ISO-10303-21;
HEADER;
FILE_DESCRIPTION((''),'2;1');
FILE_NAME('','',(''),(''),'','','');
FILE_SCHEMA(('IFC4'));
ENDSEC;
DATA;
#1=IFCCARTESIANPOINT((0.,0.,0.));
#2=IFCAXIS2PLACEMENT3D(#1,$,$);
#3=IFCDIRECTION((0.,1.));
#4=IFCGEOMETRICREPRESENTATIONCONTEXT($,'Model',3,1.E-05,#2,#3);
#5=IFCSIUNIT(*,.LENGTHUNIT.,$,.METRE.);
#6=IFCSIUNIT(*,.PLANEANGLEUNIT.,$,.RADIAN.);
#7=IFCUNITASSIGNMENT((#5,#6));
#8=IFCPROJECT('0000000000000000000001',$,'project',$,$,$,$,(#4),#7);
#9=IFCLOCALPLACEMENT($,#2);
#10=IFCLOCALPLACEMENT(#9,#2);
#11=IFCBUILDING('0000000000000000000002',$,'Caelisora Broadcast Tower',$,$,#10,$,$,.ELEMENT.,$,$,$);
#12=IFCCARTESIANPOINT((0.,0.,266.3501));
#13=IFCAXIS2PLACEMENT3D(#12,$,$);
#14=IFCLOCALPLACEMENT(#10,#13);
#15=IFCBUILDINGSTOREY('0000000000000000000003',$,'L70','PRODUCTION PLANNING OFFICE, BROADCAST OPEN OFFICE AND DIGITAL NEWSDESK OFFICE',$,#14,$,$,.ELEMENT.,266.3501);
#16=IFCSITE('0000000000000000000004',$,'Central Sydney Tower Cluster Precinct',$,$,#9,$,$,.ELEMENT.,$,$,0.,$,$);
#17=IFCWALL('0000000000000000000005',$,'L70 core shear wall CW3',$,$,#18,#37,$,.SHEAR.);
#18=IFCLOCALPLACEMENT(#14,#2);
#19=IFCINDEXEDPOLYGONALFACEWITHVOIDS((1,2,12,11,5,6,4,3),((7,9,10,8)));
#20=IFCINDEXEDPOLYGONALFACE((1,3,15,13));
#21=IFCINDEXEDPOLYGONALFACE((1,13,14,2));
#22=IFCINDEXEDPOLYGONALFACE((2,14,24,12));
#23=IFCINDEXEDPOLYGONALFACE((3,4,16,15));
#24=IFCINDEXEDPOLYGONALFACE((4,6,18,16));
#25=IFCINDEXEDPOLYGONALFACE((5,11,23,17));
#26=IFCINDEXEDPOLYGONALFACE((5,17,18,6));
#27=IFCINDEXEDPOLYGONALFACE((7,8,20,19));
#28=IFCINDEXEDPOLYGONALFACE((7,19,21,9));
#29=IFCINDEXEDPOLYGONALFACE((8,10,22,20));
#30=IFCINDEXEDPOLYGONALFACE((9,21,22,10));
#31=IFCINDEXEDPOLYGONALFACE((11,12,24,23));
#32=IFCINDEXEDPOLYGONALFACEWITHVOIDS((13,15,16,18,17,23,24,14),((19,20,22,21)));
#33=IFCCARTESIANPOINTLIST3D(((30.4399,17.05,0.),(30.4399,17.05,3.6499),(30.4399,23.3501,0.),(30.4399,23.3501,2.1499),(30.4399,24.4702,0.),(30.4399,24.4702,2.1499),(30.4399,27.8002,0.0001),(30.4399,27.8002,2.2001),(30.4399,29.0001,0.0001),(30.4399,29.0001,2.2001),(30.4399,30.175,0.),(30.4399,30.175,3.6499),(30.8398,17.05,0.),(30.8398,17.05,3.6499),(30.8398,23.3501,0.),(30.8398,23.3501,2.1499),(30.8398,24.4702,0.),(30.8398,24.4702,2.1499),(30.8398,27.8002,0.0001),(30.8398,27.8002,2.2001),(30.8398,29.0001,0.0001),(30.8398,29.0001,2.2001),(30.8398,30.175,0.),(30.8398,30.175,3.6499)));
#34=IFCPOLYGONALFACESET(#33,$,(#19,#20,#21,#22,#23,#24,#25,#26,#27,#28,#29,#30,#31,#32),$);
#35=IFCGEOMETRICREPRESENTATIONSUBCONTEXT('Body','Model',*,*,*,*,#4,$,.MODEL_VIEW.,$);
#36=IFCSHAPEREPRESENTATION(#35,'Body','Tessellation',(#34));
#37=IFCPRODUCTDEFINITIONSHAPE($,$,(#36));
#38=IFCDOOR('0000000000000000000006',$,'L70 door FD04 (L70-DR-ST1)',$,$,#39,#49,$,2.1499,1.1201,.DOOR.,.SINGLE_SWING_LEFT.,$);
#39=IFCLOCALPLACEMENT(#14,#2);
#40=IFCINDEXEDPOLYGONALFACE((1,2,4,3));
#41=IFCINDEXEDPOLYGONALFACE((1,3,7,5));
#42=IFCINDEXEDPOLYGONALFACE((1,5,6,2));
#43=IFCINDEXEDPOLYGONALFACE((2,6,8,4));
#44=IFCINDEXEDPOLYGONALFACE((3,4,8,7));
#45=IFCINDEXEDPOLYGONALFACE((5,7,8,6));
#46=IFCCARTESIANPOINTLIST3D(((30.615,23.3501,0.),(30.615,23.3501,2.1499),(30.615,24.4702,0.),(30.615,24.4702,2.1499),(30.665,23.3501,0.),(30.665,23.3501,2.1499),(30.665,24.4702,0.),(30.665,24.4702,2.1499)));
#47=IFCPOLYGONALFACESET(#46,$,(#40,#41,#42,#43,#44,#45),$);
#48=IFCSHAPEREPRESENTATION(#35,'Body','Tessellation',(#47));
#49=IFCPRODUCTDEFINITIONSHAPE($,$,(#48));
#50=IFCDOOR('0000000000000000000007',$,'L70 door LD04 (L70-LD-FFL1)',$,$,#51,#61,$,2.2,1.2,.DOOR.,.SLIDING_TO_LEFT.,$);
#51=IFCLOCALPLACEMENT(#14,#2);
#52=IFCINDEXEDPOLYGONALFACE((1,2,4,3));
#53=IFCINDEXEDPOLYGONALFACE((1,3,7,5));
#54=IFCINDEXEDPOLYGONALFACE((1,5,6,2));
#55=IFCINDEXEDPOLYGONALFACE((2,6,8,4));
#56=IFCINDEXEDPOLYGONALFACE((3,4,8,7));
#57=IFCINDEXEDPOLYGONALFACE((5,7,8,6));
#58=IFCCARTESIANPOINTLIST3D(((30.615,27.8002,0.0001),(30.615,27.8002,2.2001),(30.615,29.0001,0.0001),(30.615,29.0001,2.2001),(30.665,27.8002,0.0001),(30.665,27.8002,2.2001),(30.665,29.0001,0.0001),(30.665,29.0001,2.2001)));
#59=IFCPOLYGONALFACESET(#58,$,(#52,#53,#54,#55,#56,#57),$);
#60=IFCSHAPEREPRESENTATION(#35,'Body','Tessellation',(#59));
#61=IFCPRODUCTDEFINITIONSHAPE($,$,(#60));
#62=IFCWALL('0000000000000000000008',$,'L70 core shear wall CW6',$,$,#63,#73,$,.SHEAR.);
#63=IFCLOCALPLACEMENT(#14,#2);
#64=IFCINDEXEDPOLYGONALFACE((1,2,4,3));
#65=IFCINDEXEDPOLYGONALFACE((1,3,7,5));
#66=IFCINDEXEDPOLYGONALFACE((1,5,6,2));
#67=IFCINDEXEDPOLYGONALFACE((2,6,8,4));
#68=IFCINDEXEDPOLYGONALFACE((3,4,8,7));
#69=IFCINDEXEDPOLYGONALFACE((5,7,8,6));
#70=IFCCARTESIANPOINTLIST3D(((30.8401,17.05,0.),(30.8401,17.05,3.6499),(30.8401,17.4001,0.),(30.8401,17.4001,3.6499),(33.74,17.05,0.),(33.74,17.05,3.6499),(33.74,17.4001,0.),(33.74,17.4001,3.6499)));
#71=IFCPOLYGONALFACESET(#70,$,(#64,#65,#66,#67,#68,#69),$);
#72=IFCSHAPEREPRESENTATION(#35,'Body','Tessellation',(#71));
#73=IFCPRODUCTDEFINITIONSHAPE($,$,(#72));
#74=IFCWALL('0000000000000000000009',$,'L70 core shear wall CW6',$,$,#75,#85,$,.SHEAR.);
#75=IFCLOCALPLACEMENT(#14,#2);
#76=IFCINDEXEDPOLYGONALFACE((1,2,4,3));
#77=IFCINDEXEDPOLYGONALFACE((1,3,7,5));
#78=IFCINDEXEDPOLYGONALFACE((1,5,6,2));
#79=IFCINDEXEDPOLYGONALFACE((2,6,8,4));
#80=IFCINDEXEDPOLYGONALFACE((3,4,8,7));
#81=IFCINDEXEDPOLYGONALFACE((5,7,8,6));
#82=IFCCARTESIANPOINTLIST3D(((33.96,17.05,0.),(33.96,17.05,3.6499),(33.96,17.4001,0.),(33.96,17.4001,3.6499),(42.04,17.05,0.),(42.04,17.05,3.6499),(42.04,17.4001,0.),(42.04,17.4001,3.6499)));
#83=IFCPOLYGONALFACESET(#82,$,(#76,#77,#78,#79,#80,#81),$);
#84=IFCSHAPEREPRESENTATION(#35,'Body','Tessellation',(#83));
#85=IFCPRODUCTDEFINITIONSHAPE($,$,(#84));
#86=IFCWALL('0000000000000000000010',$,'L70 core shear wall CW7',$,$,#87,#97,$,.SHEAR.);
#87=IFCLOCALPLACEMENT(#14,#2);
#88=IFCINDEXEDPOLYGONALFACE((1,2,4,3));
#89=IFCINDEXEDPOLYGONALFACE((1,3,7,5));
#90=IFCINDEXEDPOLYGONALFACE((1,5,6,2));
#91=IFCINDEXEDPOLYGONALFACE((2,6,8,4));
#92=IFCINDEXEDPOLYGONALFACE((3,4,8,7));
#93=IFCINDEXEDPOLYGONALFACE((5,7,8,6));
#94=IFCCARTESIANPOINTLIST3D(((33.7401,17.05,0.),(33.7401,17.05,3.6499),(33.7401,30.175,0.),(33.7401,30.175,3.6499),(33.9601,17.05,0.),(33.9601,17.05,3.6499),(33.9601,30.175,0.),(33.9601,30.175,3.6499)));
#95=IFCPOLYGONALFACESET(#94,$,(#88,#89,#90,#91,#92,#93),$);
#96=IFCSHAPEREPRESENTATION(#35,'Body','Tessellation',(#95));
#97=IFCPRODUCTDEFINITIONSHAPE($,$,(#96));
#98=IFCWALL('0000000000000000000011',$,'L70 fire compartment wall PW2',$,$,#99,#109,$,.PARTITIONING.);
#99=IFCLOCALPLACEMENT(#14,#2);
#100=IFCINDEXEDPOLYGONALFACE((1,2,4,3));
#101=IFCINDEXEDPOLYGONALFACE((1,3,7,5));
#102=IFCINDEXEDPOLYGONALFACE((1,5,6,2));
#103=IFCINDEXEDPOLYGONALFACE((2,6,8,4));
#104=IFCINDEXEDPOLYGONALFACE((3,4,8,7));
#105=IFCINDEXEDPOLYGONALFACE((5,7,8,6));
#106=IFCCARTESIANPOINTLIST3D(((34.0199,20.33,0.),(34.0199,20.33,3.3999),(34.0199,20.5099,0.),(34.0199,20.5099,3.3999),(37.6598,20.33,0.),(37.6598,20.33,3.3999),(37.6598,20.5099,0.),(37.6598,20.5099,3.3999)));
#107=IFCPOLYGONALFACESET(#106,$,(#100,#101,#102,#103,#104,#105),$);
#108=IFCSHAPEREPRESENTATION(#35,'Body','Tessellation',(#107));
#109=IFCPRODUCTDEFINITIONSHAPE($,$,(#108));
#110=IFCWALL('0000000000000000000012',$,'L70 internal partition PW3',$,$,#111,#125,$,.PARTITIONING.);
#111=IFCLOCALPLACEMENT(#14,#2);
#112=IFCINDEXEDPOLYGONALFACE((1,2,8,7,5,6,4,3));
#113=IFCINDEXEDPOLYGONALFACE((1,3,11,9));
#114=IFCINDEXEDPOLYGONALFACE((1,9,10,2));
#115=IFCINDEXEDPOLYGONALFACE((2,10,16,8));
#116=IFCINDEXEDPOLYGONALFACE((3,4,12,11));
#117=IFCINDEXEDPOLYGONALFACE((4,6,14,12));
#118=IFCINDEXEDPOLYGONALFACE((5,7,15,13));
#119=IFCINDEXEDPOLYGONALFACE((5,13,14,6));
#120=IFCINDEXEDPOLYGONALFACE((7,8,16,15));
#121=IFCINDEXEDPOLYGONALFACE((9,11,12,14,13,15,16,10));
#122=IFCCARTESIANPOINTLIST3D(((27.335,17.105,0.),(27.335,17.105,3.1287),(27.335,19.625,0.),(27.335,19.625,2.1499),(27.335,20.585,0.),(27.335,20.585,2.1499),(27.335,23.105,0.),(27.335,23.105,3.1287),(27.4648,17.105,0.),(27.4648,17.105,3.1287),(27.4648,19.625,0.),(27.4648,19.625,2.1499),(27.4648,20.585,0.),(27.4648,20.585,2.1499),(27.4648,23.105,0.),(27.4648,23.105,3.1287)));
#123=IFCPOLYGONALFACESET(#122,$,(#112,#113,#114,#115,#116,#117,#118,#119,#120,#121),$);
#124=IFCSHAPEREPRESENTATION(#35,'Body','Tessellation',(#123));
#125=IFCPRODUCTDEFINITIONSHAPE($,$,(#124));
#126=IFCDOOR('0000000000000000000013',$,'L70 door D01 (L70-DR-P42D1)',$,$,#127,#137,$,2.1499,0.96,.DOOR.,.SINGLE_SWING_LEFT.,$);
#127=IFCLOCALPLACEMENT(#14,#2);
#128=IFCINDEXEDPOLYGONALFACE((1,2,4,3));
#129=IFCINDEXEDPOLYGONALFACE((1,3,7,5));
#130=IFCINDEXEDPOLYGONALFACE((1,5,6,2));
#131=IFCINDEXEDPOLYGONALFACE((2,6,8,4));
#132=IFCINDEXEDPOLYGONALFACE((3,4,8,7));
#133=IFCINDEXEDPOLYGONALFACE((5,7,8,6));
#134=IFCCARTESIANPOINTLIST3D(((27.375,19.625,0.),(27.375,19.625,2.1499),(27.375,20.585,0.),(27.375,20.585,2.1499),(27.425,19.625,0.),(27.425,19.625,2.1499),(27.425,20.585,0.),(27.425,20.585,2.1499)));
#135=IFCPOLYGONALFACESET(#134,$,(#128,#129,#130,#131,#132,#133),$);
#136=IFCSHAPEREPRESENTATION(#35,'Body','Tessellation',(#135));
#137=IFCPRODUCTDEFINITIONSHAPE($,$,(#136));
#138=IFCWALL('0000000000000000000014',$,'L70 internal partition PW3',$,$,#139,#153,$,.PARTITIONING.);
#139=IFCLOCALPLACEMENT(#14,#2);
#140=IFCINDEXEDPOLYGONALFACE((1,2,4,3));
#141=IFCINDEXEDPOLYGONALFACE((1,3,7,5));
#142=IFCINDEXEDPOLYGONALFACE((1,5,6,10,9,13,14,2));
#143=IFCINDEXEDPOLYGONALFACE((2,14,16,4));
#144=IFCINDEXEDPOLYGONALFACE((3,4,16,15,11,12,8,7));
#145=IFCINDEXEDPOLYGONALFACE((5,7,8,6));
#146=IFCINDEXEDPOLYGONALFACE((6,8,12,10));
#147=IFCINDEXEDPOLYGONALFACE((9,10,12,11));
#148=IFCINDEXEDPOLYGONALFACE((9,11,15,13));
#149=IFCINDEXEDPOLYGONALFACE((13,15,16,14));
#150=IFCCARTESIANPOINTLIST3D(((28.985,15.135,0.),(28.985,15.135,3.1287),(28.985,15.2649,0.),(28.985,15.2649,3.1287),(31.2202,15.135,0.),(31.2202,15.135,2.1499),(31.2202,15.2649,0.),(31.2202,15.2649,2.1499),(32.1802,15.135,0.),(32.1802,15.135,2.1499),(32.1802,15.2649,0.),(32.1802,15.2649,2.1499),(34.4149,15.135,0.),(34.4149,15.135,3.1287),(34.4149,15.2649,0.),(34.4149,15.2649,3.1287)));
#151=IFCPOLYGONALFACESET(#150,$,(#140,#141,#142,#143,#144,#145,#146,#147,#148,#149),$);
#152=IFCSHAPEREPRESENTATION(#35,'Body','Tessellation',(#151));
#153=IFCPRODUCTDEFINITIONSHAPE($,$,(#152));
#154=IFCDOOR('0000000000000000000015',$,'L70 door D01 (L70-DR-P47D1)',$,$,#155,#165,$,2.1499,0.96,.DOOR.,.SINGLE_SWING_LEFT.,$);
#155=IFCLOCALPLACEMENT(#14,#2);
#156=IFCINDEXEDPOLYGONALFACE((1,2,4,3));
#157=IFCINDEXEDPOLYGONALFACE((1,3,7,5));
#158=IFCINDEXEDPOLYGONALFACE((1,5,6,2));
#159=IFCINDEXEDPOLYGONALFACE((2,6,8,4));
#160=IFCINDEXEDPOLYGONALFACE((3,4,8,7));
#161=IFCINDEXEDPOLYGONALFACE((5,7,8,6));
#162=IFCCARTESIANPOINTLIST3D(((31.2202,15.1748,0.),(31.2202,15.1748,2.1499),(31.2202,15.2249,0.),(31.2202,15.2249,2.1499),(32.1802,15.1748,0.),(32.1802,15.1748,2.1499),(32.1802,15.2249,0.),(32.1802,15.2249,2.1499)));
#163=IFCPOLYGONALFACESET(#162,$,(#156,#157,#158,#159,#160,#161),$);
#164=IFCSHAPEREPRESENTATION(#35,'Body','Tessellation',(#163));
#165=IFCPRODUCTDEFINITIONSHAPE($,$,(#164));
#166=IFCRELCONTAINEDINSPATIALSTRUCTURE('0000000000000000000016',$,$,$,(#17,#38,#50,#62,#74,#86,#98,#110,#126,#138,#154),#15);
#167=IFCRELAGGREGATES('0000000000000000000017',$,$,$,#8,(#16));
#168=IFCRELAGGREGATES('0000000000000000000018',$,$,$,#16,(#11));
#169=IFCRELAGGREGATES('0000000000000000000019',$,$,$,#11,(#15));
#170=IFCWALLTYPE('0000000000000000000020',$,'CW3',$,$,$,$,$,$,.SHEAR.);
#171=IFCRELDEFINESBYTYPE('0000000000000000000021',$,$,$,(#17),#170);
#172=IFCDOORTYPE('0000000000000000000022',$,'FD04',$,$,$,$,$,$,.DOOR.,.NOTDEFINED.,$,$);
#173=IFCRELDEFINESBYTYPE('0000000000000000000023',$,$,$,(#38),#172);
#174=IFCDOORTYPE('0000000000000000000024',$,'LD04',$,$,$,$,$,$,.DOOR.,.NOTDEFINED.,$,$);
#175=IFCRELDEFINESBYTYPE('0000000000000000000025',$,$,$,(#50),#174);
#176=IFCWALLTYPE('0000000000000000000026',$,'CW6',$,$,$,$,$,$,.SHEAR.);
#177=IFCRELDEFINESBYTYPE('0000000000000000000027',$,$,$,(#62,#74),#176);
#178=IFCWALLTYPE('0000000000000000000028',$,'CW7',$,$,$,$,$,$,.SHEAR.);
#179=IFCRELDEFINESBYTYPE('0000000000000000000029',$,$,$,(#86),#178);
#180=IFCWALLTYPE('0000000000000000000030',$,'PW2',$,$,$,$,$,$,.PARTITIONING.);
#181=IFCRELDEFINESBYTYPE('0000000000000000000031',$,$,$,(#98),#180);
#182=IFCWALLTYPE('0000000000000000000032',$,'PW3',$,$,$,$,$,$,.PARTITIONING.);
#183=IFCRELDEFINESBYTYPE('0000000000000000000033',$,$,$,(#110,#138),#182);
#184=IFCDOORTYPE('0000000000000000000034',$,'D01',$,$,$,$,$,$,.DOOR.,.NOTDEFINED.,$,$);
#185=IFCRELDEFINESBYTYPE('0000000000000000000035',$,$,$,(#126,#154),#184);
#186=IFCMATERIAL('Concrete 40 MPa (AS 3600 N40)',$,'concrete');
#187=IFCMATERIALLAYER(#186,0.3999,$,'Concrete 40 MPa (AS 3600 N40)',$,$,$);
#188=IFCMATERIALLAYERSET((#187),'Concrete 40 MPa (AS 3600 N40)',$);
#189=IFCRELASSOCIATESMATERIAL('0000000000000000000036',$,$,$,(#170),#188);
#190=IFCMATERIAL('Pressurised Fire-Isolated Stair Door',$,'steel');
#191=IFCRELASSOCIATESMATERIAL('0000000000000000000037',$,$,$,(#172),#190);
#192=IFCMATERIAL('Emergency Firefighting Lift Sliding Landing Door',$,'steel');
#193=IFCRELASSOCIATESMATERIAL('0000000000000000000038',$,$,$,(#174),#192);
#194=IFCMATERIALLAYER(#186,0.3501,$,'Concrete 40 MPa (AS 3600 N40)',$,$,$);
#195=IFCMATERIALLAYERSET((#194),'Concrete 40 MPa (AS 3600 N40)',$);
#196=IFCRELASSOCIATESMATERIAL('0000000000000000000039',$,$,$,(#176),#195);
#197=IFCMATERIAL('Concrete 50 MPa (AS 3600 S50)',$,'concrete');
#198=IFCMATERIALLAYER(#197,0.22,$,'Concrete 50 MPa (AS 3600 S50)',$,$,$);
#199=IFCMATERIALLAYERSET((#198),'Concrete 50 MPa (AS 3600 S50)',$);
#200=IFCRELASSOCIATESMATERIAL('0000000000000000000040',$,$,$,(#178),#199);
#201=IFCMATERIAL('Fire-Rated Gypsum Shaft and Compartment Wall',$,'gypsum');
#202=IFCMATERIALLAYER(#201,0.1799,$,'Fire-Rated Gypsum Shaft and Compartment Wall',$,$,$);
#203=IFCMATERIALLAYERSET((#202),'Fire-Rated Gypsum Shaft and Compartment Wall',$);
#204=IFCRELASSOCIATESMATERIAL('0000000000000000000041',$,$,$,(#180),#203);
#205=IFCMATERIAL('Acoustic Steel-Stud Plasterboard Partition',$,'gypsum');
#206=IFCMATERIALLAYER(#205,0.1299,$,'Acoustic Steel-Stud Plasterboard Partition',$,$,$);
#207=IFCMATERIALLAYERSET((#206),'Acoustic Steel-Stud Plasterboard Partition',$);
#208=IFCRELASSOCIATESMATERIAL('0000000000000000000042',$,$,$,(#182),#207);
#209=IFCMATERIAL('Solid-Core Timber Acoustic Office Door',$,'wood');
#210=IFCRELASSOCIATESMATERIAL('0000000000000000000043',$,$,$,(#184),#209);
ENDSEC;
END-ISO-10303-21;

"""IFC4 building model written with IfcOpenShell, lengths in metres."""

from ifc_helpers import new_model, si_unit, direction, frame, frame_2d, origin, place, context, subcontext, project, spatial, rectangle, extrude, material, layer, layer_set, type_object, element, fill, save


model = new_model("IFC4")

# Units and contexts
model_context = context("Model", 3, precision=1e-05, world=origin(), true_north=direction((0.0, 1.0)))
body_context = subcontext(model_context, "Body", "Model", "MODEL_VIEW")
ifc_project = project(units=[si_unit("LENGTHUNIT", "METRE"), si_unit("PLANEANGLEUNIT", "RADIAN")], contexts=[model_context])

# Site, building, storey
site_placement = place(None, origin())
site = spatial("IfcSite", under=ifc_project, at=site_placement, Name="Central Sydney Tower Cluster Precinct", CompositionType="ELEMENT", RefElevation=0.0)
building_placement = place(site_placement, origin())
building = spatial("IfcBuilding", under=site, at=building_placement, Name="Caelisora Broadcast Tower", CompositionType="ELEMENT")
storey_placement = place(building_placement, frame((0.0, 0.0, 266.3501)))
storey = spatial("IfcBuildingStorey", under=building, at=storey_placement, Name="L70", Description="PRODUCTION PLANNING OFFICE, BROADCAST OPEN OFFICE AND DIGITAL NEWSDESK OFFICE", CompositionType="ELEMENT", Elevation=266.3501)

# Wall, openings, doors
ifc_material_1 = material(Name="Concrete 40 MPa (AS 3600 N40)", Category="concrete")
ifc_layer_1 = layer(ifc_material_1, 0.3999, Name="Concrete 40 MPa (AS 3600 N40)")
ifc_layer_set_1 = layer_set([ifc_layer_1], Name="Concrete 40 MPa (AS 3600 N40)")
wall_type_1 = type_object("IfcWallType", Name="CW3", PredefinedType="SHEAR", material=ifc_layer_set_1)
wall_1_placement = place(storey_placement, frame((30.6399, 17.05, 0.0), z_axis=(0.0, 0.0, 1.0), x_axis=(0.0, 1.0, 0.0)))
wall_1 = element("IfcWall", 1, at=wall_1_placement, inside=storey, type_object=wall_type_1, Name="L70 core shear wall CW3", PredefinedType="SHEAR", context=body_context, shape_type="SweptSolid", body=[
    extrude(rectangle(XDim=13.125, YDim=0.3999, at=frame_2d((6.5625, 0.0))), origin(), (0.0, 0.0, 1.0), 3.6499),
])
opening_1_placement = place(wall_1_placement, frame((6.3, 0.0, 0.0)))
opening_1 = element("IfcOpeningElement", 2, at=opening_1_placement, cuts=wall_1, PredefinedType="OPENING", context=body_context, shape_type="SweptSolid", body=[
    extrude(rectangle(XDim=1.1201, YDim=2.1499, at=frame_2d((0.5601, 1.075))), frame((0.0, 0.2119, 0.0), z_axis=(0.0, -1.0, 0.0), x_axis=(1.0, 0.0, 0.0)), (0.0, 0.0, 1.0), 0.4238),
])
opening_2_placement = place(wall_1_placement, frame((10.75, 0.0, 0.0)))
opening_2 = element("IfcOpeningElement", 3, at=opening_2_placement, cuts=wall_1, PredefinedType="OPENING", context=body_context, shape_type="SweptSolid", body=[
    extrude(rectangle(XDim=1.2, YDim=2.2, at=frame_2d((0.6001, 1.1001))), frame((0.0, 0.2119, 0.0), z_axis=(0.0, -1.0, 0.0), x_axis=(1.0, 0.0, 0.0)), (0.0, 0.0, 1.0), 0.4238),
])
ifc_material_2 = material(Name="Pressurised Fire-Isolated Stair Door", Category="steel")
door_type_1 = type_object("IfcDoorType", Name="FD04", OperationType="NOTDEFINED", PredefinedType="DOOR", material=ifc_material_2)
door_1_placement = place(opening_1_placement, origin())
door_1 = element("IfcDoor", 4, at=door_1_placement, inside=storey, type_object=door_type_1, Name="L70 door FD04 (L70-DR-ST1)", OperationType="SINGLE_SWING_LEFT", OverallHeight=2.1499, OverallWidth=1.1201, PredefinedType="DOOR", context=body_context, shape_type="SweptSolid", body=[
    extrude(rectangle(XDim=1.1201, YDim=2.1499, at=frame_2d((0.5601, 1.075))), frame((0.0, 0.0249, 0.0), z_axis=(0.0, -1.0, 0.0), x_axis=(1.0, 0.0, 0.0)), (0.0, 0.0, 1.0), 0.05),
])
fill(opening_1, door_1)
ifc_material_3 = material(Name="Emergency Firefighting Lift Sliding Landing Door", Category="steel")
door_type_2 = type_object("IfcDoorType", Name="LD04", OperationType="NOTDEFINED", PredefinedType="DOOR", material=ifc_material_3)
door_2_placement = place(opening_2_placement, origin())
door_2 = element("IfcDoor", 5, at=door_2_placement, inside=storey, type_object=door_type_2, Name="L70 door LD04 (L70-LD-FFL1)", OperationType="SLIDING_TO_LEFT", OverallHeight=2.2, OverallWidth=1.2, PredefinedType="DOOR", context=body_context, shape_type="SweptSolid", body=[
    extrude(rectangle(XDim=1.2, YDim=2.2, at=frame_2d((0.6001, 1.1001))), frame((0.0, 0.0249, 0.0), z_axis=(0.0, -1.0, 0.0), x_axis=(1.0, 0.0, 0.0)), (0.0, 0.0, 1.0), 0.05),
])
fill(opening_2, door_2)

# Walls
ifc_layer_2 = layer(ifc_material_1, 0.3501, Name="Concrete 40 MPa (AS 3600 N40)")
ifc_layer_set_2 = layer_set([ifc_layer_2], Name="Concrete 40 MPa (AS 3600 N40)")
wall_type_2 = type_object("IfcWallType", Name="CW6", PredefinedType="SHEAR", material=ifc_layer_set_2)
wall_2_placement = place(storey_placement, frame((30.8401, 17.2251, 0.0), z_axis=(0.0, 0.0, 1.0), x_axis=(1.0, 0.0, 0.0)))
element("IfcWall", 6, at=wall_2_placement, inside=storey, type_object=wall_type_2, Name="L70 core shear wall CW6", PredefinedType="SHEAR", context=body_context, shape_type="SweptSolid", body=[
    extrude(rectangle(XDim=2.8999, YDim=0.3501, at=frame_2d((1.45, 0.0))), origin(), (0.0, 0.0, 1.0), 3.6499),
])
wall_3_placement = place(storey_placement, frame((33.96, 17.2251, 0.0), z_axis=(0.0, 0.0, 1.0), x_axis=(1.0, 0.0, 0.0)))
element("IfcWall", 7, at=wall_3_placement, inside=storey, type_object=wall_type_2, Name="L70 core shear wall CW6", PredefinedType="SHEAR", context=body_context, shape_type="SweptSolid", body=[
    extrude(rectangle(XDim=8.0801, YDim=0.3501, at=frame_2d((4.04, 0.0))), origin(), (0.0, 0.0, 1.0), 3.6499),
])
ifc_material_4 = material(Name="Concrete 50 MPa (AS 3600 S50)", Category="concrete")
ifc_layer_3 = layer(ifc_material_4, 0.22, Name="Concrete 50 MPa (AS 3600 S50)")
ifc_layer_set_3 = layer_set([ifc_layer_3], Name="Concrete 50 MPa (AS 3600 S50)")
wall_type_3 = type_object("IfcWallType", Name="CW7", PredefinedType="SHEAR", material=ifc_layer_set_3)
wall_4_placement = place(storey_placement, frame((33.8501, 17.05, 0.0), z_axis=(0.0, 0.0, 1.0), x_axis=(0.0, 1.0, 0.0)))
element("IfcWall", 8, at=wall_4_placement, inside=storey, type_object=wall_type_3, Name="L70 core shear wall CW7", PredefinedType="SHEAR", context=body_context, shape_type="SweptSolid", body=[
    extrude(rectangle(XDim=13.125, YDim=0.22, at=frame_2d((6.5625, 0.0))), origin(), (0.0, 0.0, 1.0), 3.6499),
])
ifc_material_5 = material(Name="Fire-Rated Gypsum Shaft and Compartment Wall", Category="gypsum")
ifc_layer_4 = layer(ifc_material_5, 0.1799, Name="Fire-Rated Gypsum Shaft and Compartment Wall")
ifc_layer_set_4 = layer_set([ifc_layer_4], Name="Fire-Rated Gypsum Shaft and Compartment Wall")
wall_type_4 = type_object("IfcWallType", Name="PW2", PredefinedType="PARTITIONING", material=ifc_layer_set_4)
wall_5_placement = place(storey_placement, frame((34.02, 20.4199, 0.0), z_axis=(0.0, 0.0, 1.0), x_axis=(1.0, 0.0, 0.0)))
element("IfcWall", 9, at=wall_5_placement, inside=storey, type_object=wall_type_4, Name="L70 fire compartment wall PW2", PredefinedType="PARTITIONING", context=body_context, shape_type="SweptSolid", body=[
    extrude(rectangle(XDim=3.6399, YDim=0.1799, at=frame_2d((1.8198, 0.0))), origin(), (0.0, 0.0, 1.0), 3.3999),
])

# Walls, openings, doors
ifc_material_6 = material(Name="Acoustic Steel-Stud Plasterboard Partition", Category="gypsum")
ifc_layer_5 = layer(ifc_material_6, 0.1299, Name="Acoustic Steel-Stud Plasterboard Partition")
ifc_layer_set_5 = layer_set([ifc_layer_5], Name="Acoustic Steel-Stud Plasterboard Partition")
wall_type_5 = type_object("IfcWallType", Name="PW3", PredefinedType="PARTITIONING", material=ifc_layer_set_5)
wall_6_placement = place(storey_placement, frame((27.3999, 17.105, 0.0), z_axis=(0.0, 0.0, 1.0), x_axis=(0.0, 1.0, 0.0)))
wall_6 = element("IfcWall", 10, at=wall_6_placement, inside=storey, type_object=wall_type_5, Name="L70 internal partition PW3", PredefinedType="PARTITIONING", context=body_context, shape_type="SweptSolid", body=[
    extrude(rectangle(XDim=6.0, YDim=0.1299, at=frame_2d((3.0, 0.0))), origin(), (0.0, 0.0, 1.0), 3.1287),
])
opening_3_placement = place(wall_6_placement, frame((2.52, 0.0, 0.0)))
opening_3 = element("IfcOpeningElement", 11, at=opening_3_placement, cuts=wall_6, PredefinedType="OPENING", context=body_context, shape_type="SweptSolid", body=[
    extrude(rectangle(XDim=0.96, YDim=2.1499, at=frame_2d((0.48, 1.075))), frame((0.0, 0.0769, 0.0), z_axis=(0.0, -1.0, 0.0), x_axis=(1.0, 0.0, 0.0)), (0.0, 0.0, 1.0), 0.1538),
])
ifc_material_7 = material(Name="Solid-Core Timber Acoustic Office Door", Category="wood")
door_type_3 = type_object("IfcDoorType", Name="D01", OperationType="NOTDEFINED", PredefinedType="DOOR", material=ifc_material_7)
door_3_placement = place(opening_3_placement, origin())
door_3 = element("IfcDoor", 12, at=door_3_placement, inside=storey, type_object=door_type_3, Name="L70 door D01 (L70-DR-P42D1)", OperationType="SINGLE_SWING_LEFT", OverallHeight=2.1499, OverallWidth=0.96, PredefinedType="DOOR", context=body_context, shape_type="SweptSolid", body=[
    extrude(rectangle(XDim=0.96, YDim=2.1499, at=frame_2d((0.48, 1.075))), frame((0.0, 0.0249, 0.0), z_axis=(0.0, -1.0, 0.0), x_axis=(1.0, 0.0, 0.0)), (0.0, 0.0, 1.0), 0.05),
])
fill(opening_3, door_3)
wall_7_placement = place(storey_placement, frame((28.9851, 15.2, 0.0), z_axis=(0.0, 0.0, 1.0), x_axis=(1.0, 0.0, 0.0)))
wall_7 = element("IfcWall", 13, at=wall_7_placement, inside=storey, type_object=wall_type_5, Name="L70 internal partition PW3", PredefinedType="PARTITIONING", context=body_context, shape_type="SweptSolid", body=[
    extrude(rectangle(XDim=5.4299, YDim=0.1299, at=frame_2d((2.7148, 0.0))), origin(), (0.0, 0.0, 1.0), 3.1287),
])
opening_4_placement = place(wall_7_placement, frame((2.2351, 0.0, 0.0)))
opening_4 = element("IfcOpeningElement", 14, at=opening_4_placement, cuts=wall_7, PredefinedType="OPENING", context=body_context, shape_type="SweptSolid", body=[
    extrude(rectangle(XDim=0.96, YDim=2.1499, at=frame_2d((0.48, 1.075))), frame((0.0, 0.0769, 0.0), z_axis=(0.0, -1.0, 0.0), x_axis=(1.0, 0.0, 0.0)), (0.0, 0.0, 1.0), 0.1538),
])
door_4_placement = place(opening_4_placement, origin())
door_4 = element("IfcDoor", 15, at=door_4_placement, inside=storey, type_object=door_type_3, Name="L70 door D01 (L70-DR-P47D1)", OperationType="SINGLE_SWING_LEFT", OverallHeight=2.1499, OverallWidth=0.96, PredefinedType="DOOR", context=body_context, shape_type="SweptSolid", body=[
    extrude(rectangle(XDim=0.96, YDim=2.1499, at=frame_2d((0.48, 1.075))), frame((0.0, 0.0249, 0.0), z_axis=(0.0, -1.0, 0.0), x_axis=(1.0, 0.0, 0.0)), (0.0, 0.0, 1.0), 0.05),
])
fill(opening_4, door_4)

save(model, "model.ifc")
